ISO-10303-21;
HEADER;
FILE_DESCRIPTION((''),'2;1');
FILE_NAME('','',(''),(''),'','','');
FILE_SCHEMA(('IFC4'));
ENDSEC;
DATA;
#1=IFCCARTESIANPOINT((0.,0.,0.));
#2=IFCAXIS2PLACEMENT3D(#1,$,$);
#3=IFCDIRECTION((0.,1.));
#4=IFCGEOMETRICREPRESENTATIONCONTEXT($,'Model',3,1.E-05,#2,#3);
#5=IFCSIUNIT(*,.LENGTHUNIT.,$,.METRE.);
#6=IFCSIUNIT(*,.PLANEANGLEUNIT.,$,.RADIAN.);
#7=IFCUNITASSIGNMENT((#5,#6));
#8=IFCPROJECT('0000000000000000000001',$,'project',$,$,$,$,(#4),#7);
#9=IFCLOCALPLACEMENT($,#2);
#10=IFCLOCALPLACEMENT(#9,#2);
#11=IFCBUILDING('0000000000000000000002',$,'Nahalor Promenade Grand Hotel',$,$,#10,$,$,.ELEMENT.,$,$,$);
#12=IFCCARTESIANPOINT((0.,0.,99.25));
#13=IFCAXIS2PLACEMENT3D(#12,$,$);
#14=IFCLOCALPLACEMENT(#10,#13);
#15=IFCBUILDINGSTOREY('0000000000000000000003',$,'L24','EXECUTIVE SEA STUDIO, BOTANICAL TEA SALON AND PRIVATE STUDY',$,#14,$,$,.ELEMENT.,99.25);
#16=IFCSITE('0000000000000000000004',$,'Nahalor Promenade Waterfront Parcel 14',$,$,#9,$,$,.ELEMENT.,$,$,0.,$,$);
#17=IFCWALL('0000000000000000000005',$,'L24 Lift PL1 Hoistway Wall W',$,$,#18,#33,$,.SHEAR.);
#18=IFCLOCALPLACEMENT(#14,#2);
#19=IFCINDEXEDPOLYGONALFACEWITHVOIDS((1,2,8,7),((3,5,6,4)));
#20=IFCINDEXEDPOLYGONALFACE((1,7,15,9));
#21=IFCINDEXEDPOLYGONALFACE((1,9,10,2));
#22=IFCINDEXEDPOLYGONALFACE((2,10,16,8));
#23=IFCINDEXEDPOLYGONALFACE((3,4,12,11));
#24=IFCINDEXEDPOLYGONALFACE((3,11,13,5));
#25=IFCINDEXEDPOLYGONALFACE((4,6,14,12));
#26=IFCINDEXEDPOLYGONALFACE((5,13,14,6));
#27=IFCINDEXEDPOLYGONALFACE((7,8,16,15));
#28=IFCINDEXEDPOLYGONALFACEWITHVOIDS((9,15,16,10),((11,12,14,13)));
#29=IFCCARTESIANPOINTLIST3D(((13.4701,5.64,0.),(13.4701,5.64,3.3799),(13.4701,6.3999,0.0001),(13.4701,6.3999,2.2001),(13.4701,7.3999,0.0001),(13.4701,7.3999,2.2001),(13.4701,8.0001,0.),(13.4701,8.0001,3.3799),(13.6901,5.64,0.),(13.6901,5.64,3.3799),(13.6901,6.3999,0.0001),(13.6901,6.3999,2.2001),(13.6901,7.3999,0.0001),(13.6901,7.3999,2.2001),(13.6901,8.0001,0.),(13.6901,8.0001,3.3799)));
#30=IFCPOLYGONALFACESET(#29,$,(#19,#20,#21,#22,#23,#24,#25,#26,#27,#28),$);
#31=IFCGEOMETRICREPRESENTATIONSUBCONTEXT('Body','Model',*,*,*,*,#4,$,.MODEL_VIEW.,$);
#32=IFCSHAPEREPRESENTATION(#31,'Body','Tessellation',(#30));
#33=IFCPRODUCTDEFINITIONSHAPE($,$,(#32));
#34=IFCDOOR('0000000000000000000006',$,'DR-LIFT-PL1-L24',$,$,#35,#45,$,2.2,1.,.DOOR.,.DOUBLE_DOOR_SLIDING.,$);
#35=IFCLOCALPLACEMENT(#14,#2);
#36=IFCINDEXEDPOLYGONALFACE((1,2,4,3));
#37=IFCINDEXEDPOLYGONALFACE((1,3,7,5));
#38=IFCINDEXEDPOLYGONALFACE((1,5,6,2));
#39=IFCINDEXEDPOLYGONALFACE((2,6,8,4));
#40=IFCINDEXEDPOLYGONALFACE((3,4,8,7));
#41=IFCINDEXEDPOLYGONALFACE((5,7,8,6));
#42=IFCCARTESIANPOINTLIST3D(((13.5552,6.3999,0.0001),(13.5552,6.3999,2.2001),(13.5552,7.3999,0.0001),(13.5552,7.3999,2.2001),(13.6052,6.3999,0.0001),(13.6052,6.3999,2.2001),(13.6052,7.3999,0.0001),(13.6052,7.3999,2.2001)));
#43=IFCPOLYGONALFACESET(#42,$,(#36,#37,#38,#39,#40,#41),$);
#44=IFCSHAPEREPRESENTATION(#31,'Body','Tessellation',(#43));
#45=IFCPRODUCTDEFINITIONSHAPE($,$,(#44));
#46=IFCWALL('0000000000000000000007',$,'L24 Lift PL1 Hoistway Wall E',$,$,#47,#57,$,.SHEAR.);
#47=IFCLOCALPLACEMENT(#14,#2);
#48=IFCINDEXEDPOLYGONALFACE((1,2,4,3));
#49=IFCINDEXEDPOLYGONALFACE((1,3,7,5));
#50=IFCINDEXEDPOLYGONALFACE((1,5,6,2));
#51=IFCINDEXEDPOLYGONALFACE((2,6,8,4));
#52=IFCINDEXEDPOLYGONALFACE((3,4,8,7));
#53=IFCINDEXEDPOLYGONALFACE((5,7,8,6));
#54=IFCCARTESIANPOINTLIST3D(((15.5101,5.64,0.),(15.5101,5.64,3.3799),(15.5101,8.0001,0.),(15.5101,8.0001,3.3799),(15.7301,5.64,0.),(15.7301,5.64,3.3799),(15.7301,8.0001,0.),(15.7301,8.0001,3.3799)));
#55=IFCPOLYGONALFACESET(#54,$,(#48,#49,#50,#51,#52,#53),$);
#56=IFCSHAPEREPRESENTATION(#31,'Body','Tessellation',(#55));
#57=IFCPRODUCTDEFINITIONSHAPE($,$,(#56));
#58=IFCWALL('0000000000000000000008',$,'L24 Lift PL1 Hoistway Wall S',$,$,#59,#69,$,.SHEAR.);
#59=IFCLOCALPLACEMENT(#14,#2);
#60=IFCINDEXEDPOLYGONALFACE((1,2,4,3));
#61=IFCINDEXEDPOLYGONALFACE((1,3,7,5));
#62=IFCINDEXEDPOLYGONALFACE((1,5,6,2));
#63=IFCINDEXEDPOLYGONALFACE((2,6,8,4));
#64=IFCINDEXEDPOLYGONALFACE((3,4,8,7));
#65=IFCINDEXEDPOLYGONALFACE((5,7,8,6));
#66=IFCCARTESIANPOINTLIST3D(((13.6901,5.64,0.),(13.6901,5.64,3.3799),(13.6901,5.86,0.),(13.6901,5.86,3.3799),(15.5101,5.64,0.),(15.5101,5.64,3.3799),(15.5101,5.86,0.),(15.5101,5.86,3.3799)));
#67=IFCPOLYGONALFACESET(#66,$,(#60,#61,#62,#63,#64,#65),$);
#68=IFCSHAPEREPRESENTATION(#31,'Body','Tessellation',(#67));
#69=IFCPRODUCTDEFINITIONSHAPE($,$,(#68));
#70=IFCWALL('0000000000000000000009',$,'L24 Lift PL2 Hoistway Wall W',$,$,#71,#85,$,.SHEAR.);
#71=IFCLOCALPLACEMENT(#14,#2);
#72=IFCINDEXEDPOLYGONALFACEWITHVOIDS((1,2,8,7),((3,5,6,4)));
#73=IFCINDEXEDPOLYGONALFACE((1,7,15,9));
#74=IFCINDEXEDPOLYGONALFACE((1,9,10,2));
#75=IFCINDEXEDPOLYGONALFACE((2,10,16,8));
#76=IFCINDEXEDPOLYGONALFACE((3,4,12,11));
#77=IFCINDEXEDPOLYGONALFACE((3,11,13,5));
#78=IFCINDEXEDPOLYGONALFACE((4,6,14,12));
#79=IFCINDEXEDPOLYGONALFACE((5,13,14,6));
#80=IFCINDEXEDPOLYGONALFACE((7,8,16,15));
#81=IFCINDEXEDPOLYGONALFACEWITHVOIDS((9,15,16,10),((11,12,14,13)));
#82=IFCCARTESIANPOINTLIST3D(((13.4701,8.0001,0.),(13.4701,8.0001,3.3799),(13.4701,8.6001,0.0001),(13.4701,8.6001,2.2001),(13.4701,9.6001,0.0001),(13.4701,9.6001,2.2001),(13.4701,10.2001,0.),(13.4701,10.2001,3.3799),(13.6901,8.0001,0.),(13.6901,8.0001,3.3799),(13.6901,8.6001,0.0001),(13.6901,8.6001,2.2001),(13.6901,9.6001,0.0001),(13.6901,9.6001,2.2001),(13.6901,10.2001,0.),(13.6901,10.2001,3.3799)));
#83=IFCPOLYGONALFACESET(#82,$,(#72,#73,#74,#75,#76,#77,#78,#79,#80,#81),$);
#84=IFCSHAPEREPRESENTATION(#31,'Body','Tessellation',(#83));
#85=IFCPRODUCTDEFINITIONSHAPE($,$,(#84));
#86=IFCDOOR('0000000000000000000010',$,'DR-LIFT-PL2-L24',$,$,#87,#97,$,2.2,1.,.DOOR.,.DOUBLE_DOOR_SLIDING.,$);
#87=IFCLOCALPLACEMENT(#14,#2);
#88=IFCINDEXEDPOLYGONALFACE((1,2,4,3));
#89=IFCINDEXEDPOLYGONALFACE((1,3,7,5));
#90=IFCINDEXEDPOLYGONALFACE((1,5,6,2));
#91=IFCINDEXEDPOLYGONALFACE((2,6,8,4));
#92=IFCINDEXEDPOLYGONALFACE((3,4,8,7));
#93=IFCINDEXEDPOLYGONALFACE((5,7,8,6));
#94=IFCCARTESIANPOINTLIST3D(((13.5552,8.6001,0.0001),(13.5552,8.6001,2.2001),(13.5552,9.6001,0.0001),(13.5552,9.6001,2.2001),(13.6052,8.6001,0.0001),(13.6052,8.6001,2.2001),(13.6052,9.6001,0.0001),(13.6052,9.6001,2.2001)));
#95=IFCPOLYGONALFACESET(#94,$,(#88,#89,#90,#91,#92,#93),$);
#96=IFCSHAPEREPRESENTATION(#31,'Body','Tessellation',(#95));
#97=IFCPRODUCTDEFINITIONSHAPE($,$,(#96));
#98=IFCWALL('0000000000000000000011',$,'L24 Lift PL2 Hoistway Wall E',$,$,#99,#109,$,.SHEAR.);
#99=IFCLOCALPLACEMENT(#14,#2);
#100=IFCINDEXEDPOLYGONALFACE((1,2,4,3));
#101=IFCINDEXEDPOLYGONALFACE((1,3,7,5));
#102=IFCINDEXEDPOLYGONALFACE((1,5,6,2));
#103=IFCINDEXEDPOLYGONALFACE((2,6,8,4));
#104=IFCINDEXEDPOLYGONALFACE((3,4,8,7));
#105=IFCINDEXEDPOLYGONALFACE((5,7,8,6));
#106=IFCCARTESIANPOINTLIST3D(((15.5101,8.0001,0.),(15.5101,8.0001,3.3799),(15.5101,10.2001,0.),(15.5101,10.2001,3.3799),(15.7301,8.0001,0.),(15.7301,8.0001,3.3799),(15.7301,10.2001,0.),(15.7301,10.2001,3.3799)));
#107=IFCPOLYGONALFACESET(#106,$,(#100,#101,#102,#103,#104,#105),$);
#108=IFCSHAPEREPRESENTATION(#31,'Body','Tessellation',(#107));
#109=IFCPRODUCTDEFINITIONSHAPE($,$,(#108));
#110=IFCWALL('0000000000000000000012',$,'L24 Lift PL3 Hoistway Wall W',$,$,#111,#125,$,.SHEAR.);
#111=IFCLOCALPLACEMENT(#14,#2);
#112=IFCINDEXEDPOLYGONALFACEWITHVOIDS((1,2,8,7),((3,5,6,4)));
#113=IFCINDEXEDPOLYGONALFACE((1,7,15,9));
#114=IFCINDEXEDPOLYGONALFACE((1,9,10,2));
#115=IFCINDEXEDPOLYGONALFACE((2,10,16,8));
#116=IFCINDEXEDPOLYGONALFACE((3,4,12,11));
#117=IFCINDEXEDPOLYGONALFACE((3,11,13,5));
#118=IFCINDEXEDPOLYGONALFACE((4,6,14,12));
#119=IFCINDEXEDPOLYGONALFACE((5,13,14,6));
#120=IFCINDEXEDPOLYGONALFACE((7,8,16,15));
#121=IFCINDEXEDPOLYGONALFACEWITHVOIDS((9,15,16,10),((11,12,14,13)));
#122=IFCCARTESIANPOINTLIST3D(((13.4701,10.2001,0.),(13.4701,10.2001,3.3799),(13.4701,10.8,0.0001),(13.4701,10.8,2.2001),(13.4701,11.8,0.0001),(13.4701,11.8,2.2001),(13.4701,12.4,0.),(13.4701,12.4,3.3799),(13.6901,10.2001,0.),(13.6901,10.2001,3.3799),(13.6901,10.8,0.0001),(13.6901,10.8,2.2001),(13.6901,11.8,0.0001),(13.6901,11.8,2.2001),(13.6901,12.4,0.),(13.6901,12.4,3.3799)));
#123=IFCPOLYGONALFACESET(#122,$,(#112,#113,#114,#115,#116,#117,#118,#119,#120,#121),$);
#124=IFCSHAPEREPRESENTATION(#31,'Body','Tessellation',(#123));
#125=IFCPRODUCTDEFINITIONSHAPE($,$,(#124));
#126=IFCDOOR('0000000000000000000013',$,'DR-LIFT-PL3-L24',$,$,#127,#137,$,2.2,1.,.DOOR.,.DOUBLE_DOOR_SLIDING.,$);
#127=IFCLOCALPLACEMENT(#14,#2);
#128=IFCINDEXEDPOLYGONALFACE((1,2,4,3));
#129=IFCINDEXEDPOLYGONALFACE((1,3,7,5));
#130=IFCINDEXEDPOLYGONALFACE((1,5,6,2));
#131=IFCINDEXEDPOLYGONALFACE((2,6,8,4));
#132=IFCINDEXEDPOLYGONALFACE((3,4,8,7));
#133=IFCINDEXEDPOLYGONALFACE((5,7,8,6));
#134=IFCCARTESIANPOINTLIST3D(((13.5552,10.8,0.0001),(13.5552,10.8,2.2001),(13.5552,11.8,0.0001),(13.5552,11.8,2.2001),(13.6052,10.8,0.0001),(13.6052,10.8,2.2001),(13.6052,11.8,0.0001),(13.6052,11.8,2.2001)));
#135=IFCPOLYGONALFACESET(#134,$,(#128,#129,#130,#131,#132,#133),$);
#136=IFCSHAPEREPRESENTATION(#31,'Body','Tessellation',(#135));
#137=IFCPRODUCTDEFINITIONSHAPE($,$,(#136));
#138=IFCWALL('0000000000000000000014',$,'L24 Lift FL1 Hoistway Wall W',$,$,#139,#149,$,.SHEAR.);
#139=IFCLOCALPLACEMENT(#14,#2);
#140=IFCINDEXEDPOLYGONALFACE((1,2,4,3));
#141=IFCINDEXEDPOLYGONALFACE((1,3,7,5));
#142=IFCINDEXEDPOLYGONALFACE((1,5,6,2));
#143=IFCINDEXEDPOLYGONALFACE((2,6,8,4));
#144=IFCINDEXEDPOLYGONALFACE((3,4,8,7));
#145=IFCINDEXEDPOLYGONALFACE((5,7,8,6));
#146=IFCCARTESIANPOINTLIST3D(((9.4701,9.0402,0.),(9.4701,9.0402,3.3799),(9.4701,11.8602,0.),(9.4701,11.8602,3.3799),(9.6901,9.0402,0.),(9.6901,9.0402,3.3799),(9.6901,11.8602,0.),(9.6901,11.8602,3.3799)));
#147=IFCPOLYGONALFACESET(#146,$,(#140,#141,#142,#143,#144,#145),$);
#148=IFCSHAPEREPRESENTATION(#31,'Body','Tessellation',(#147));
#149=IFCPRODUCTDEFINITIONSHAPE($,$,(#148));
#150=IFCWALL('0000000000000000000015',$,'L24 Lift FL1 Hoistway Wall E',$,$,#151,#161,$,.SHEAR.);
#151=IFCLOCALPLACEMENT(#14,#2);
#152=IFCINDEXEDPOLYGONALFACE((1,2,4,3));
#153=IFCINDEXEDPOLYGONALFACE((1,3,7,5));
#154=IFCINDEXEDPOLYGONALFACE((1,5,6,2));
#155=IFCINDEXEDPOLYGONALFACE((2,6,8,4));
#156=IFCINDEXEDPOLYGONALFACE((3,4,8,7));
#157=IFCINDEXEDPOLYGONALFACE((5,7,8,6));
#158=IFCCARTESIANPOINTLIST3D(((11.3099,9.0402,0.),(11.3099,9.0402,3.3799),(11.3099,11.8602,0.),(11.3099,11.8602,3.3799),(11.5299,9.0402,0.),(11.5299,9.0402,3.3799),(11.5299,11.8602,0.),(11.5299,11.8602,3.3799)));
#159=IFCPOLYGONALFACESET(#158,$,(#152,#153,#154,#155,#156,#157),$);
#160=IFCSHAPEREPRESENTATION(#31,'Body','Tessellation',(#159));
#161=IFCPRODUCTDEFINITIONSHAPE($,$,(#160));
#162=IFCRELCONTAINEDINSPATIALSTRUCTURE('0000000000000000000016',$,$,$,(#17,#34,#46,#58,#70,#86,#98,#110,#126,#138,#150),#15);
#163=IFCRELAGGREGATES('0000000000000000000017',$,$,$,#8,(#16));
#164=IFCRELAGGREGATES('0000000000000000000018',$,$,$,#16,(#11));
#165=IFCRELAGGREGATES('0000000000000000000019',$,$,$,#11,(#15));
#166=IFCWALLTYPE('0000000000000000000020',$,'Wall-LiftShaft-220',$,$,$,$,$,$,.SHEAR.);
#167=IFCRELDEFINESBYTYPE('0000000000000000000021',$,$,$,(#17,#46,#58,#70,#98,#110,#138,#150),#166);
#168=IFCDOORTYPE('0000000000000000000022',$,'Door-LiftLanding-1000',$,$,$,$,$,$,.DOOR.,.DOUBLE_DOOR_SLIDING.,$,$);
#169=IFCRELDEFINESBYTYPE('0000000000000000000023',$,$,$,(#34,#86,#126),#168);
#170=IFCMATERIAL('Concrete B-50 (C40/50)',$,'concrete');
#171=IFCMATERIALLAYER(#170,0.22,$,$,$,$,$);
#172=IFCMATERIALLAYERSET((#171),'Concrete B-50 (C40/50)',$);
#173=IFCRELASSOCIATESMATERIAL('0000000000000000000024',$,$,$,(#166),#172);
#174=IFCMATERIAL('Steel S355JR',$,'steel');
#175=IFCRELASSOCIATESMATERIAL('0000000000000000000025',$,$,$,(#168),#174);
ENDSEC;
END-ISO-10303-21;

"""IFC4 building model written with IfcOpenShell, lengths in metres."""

from ifc_helpers import new_model, si_unit, direction, frame, frame_2d, origin, place, context, subcontext, project, spatial, rectangle, extrude, source, transform, mapped, material, layer, layer_set, type_object, element, fill, save


model = new_model("IFC4")

# Units and contexts
model_context = context("Model", 3, precision=1e-05, world=origin(), true_north=direction((0.0, 1.0)))
body_context = subcontext(model_context, "Body", "Model", "MODEL_VIEW")
ifc_project = project(units=[si_unit("LENGTHUNIT", "METRE"), si_unit("PLANEANGLEUNIT", "RADIAN")], contexts=[model_context])

# Site, building, storey
site_placement = place(None, origin())
site = spatial("IfcSite", under=ifc_project, at=site_placement, Name="Nahalor Promenade Waterfront Parcel 14", CompositionType="ELEMENT", RefElevation=0.0)
building_placement = place(site_placement, origin())
building = spatial("IfcBuilding", under=site, at=building_placement, Name="Nahalor Promenade Grand Hotel", CompositionType="ELEMENT")
storey_placement = place(building_placement, frame((0.0, 0.0, 99.25)))
storey = spatial("IfcBuildingStorey", under=building, at=storey_placement, Name="L24", Description="EXECUTIVE SEA STUDIO, BOTANICAL TEA SALON AND PRIVATE STUDY", CompositionType="ELEMENT", Elevation=99.25)

# Shared definitions
ifc_material_1 = material(Name="Steel S355JR", Category="steel")

# Shared definitions
ifc_material_2 = material(Name="Concrete B-50 (C40/50)", Category="concrete")

# Shared definitions
ifc_layer_1 = layer(ifc_material_2, 0.22)
ifc_layer_set_1 = layer_set([ifc_layer_1], Name="Concrete B-50 (C40/50)")
wall_type_1 = type_object("IfcWallType", Name="Wall-LiftShaft-220", PredefinedType="SHEAR", material=ifc_layer_set_1)

# Wall, opening, door
shared_shape_1 = source(origin(), body_context, "Body", "SweptSolid", [
    extrude(rectangle(XDim=2.3601, YDim=0.22, at=frame_2d((1.1802, 0.0))), origin(), (0.0, 0.0, 1.0), 3.3799),
])
wall_1_placement = place(storey_placement, frame((13.5801, 5.6399, 0.0), z_axis=(0.0, 0.0, 1.0), x_axis=(0.0, 1.0, 0.0)))
wall_1 = element("IfcWall", 1, at=wall_1_placement, inside=storey, type_object=wall_type_1, Name="L24 Lift PL1 Hoistway Wall W", PredefinedType="SHEAR", context=body_context, shape_type="MappedRepresentation", body=[
    mapped(shared_shape_1, transform((0.0, 0.0, 0.0), scale=1.0)),
])
opening_1_placement = place(wall_1_placement, frame((0.76, 0.0, 0.0)))
opening_1 = element("IfcOpeningElement", 2, at=opening_1_placement, cuts=wall_1, PredefinedType="OPENING", context=body_context, shape_type="SweptSolid", body=[
    extrude(rectangle(XDim=1.0, YDim=2.2, at=frame_2d((0.5, 1.1001))), frame((0.0, 0.1199, 0.0), z_axis=(0.0, -1.0, 0.0), x_axis=(1.0, 0.0, 0.0)), (0.0, 0.0, 1.0), 0.24),
])
door_type_1 = type_object("IfcDoorType", Name="Door-LiftLanding-1000", OperationType="DOUBLE_DOOR_SLIDING", PredefinedType="DOOR", material=ifc_material_1)
shared_shape_2 = source(origin(), body_context, "Body", "SweptSolid", [
    extrude(rectangle(XDim=1.0, YDim=2.2, at=frame_2d((0.5, 1.1001))), frame((0.0, 0.0249, 0.0), z_axis=(0.0, -1.0, 0.0), x_axis=(1.0, 0.0, 0.0)), (0.0, 0.0, 1.0), 0.05),
])
door_1_placement = place(opening_1_placement, origin())
door_1 = element("IfcDoor", 3, at=door_1_placement, inside=storey, type_object=door_type_1, Name="DR-LIFT-PL1-L24", OperationType="DOUBLE_DOOR_SLIDING", OverallHeight=2.2, OverallWidth=1.0, PredefinedType="DOOR", context=body_context, shape_type="MappedRepresentation", body=[
    mapped(shared_shape_2, transform((0.0, 0.0, 0.0), scale=1.0)),
])
fill(opening_1, door_1)

# Walls
wall_2_placement = place(storey_placement, frame((15.6201, 5.6399, 0.0), z_axis=(0.0, 0.0, 1.0), x_axis=(0.0, 1.0, 0.0)))
element("IfcWall", 4, at=wall_2_placement, inside=storey, type_object=wall_type_1, Name="L24 Lift PL1 Hoistway Wall E", PredefinedType="SHEAR", context=body_context, shape_type="MappedRepresentation", body=[
    mapped(shared_shape_1, transform((0.0, 0.0, 0.0), scale=1.0)),
])
shared_shape_3 = source(origin(), body_context, "Body", "SweptSolid", [
    extrude(rectangle(XDim=1.8201, YDim=0.22, at=frame_2d((0.9102, 0.0))), origin(), (0.0, 0.0, 1.0), 3.3799),
])
wall_3_placement = place(storey_placement, frame((13.6899, 5.75, 0.0), z_axis=(0.0, 0.0, 1.0), x_axis=(1.0, 0.0, 0.0)))
element("IfcWall", 5, at=wall_3_placement, inside=storey, type_object=wall_type_1, Name="L24 Lift PL1 Hoistway Wall S", PredefinedType="SHEAR", context=body_context, shape_type="MappedRepresentation", body=[
    mapped(shared_shape_3, transform((0.0, 0.0, 0.0), scale=1.0)),
])

# Wall, opening, door
shared_shape_4 = source(origin(), body_context, "Body", "SweptSolid", [
    extrude(rectangle(XDim=2.2, YDim=0.22, at=frame_2d((1.1001, 0.0))), origin(), (0.0, 0.0, 1.0), 3.3799),
])
wall_4_placement = place(storey_placement, frame((13.5801, 8.0, 0.0), z_axis=(0.0, 0.0, 1.0), x_axis=(0.0, 1.0, 0.0)))
wall_4 = element("IfcWall", 6, at=wall_4_placement, inside=storey, type_object=wall_type_1, Name="L24 Lift PL2 Hoistway Wall W", PredefinedType="SHEAR", context=body_context, shape_type="MappedRepresentation", body=[
    mapped(shared_shape_4, transform((0.0, 0.0, 0.0), scale=1.0)),
])
opening_2_placement = place(wall_4_placement, frame((0.6001, 0.0, 0.0)))
opening_2 = element("IfcOpeningElement", 7, at=opening_2_placement, cuts=wall_4, PredefinedType="OPENING", context=body_context, shape_type="SweptSolid", body=[
    extrude(rectangle(XDim=1.0, YDim=2.2, at=frame_2d((0.5, 1.1001))), frame((0.0, 0.1199, 0.0), z_axis=(0.0, -1.0, 0.0), x_axis=(1.0, 0.0, 0.0)), (0.0, 0.0, 1.0), 0.24),
])
door_2_placement = place(opening_2_placement, origin())
door_2 = element("IfcDoor", 8, at=door_2_placement, inside=storey, type_object=door_type_1, Name="DR-LIFT-PL2-L24", OperationType="DOUBLE_DOOR_SLIDING", OverallHeight=2.2, OverallWidth=1.0, PredefinedType="DOOR", context=body_context, shape_type="MappedRepresentation", body=[
    mapped(shared_shape_2, transform((0.0, 0.0, 0.0), scale=1.0)),
])
fill(opening_2, door_2)

# Wall
wall_5_placement = place(storey_placement, frame((15.6201, 8.0, 0.0), z_axis=(0.0, 0.0, 1.0), x_axis=(0.0, 1.0, 0.0)))
element("IfcWall", 9, at=wall_5_placement, inside=storey, type_object=wall_type_1, Name="L24 Lift PL2 Hoistway Wall E", PredefinedType="SHEAR", context=body_context, shape_type="MappedRepresentation", body=[
    mapped(shared_shape_4, transform((0.0, 0.0, 0.0), scale=1.0)),
])

# Wall, opening, door
wall_6_placement = place(storey_placement, frame((13.5801, 10.2, 0.0), z_axis=(0.0, 0.0, 1.0), x_axis=(0.0, 1.0, 0.0)))
wall_6 = element("IfcWall", 10, at=wall_6_placement, inside=storey, type_object=wall_type_1, Name="L24 Lift PL3 Hoistway Wall W", PredefinedType="SHEAR", context=body_context, shape_type="MappedRepresentation", body=[
    mapped(shared_shape_4, transform((0.0, 0.0, 0.0), scale=1.0)),
])
opening_3_placement = place(wall_6_placement, frame((0.6001, 0.0, 0.0)))
opening_3 = element("IfcOpeningElement", 11, at=opening_3_placement, cuts=wall_6, PredefinedType="OPENING", context=body_context, shape_type="SweptSolid", body=[
    extrude(rectangle(XDim=1.0, YDim=2.2, at=frame_2d((0.5, 1.1001))), frame((0.0, 0.1199, 0.0), z_axis=(0.0, -1.0, 0.0), x_axis=(1.0, 0.0, 0.0)), (0.0, 0.0, 1.0), 0.24),
])
door_3_placement = place(opening_3_placement, origin())
door_3 = element("IfcDoor", 12, at=door_3_placement, inside=storey, type_object=door_type_1, Name="DR-LIFT-PL3-L24", OperationType="DOUBLE_DOOR_SLIDING", OverallHeight=2.2, OverallWidth=1.0, PredefinedType="DOOR", context=body_context, shape_type="MappedRepresentation", body=[
    mapped(shared_shape_2, transform((0.0, 0.0, 0.0), scale=1.0)),
])
fill(opening_3, door_3)

# Walls
shared_shape_5 = source(origin(), body_context, "Body", "SweptSolid", [
    extrude(rectangle(XDim=2.8201, YDim=0.22, at=frame_2d((1.4102, 0.0))), origin(), (0.0, 0.0, 1.0), 3.3799),
])
for number, where, z_axis, x_axis, name in (
    (13, (9.5801, 9.04, 0.0), (0.0, 0.0, 1.0), (0.0, 1.0, 0.0), "L24 Lift FL1 Hoistway Wall W"),
    (14, (11.4199, 9.04, 0.0), (0.0, 0.0, 1.0), (0.0, 1.0, 0.0), "L24 Lift FL1 Hoistway Wall E"),
):
    element("IfcWall", number, at=place(storey_placement, frame(where, z_axis=z_axis, x_axis=x_axis)), inside=storey, type_object=wall_type_1, Name=name, PredefinedType="SHEAR", context=body_context, shape_type="MappedRepresentation", body=[
        mapped(shared_shape_5, transform((0.0, 0.0, 0.0), scale=1.0)),
    ])

save(model, "model.ifc")
